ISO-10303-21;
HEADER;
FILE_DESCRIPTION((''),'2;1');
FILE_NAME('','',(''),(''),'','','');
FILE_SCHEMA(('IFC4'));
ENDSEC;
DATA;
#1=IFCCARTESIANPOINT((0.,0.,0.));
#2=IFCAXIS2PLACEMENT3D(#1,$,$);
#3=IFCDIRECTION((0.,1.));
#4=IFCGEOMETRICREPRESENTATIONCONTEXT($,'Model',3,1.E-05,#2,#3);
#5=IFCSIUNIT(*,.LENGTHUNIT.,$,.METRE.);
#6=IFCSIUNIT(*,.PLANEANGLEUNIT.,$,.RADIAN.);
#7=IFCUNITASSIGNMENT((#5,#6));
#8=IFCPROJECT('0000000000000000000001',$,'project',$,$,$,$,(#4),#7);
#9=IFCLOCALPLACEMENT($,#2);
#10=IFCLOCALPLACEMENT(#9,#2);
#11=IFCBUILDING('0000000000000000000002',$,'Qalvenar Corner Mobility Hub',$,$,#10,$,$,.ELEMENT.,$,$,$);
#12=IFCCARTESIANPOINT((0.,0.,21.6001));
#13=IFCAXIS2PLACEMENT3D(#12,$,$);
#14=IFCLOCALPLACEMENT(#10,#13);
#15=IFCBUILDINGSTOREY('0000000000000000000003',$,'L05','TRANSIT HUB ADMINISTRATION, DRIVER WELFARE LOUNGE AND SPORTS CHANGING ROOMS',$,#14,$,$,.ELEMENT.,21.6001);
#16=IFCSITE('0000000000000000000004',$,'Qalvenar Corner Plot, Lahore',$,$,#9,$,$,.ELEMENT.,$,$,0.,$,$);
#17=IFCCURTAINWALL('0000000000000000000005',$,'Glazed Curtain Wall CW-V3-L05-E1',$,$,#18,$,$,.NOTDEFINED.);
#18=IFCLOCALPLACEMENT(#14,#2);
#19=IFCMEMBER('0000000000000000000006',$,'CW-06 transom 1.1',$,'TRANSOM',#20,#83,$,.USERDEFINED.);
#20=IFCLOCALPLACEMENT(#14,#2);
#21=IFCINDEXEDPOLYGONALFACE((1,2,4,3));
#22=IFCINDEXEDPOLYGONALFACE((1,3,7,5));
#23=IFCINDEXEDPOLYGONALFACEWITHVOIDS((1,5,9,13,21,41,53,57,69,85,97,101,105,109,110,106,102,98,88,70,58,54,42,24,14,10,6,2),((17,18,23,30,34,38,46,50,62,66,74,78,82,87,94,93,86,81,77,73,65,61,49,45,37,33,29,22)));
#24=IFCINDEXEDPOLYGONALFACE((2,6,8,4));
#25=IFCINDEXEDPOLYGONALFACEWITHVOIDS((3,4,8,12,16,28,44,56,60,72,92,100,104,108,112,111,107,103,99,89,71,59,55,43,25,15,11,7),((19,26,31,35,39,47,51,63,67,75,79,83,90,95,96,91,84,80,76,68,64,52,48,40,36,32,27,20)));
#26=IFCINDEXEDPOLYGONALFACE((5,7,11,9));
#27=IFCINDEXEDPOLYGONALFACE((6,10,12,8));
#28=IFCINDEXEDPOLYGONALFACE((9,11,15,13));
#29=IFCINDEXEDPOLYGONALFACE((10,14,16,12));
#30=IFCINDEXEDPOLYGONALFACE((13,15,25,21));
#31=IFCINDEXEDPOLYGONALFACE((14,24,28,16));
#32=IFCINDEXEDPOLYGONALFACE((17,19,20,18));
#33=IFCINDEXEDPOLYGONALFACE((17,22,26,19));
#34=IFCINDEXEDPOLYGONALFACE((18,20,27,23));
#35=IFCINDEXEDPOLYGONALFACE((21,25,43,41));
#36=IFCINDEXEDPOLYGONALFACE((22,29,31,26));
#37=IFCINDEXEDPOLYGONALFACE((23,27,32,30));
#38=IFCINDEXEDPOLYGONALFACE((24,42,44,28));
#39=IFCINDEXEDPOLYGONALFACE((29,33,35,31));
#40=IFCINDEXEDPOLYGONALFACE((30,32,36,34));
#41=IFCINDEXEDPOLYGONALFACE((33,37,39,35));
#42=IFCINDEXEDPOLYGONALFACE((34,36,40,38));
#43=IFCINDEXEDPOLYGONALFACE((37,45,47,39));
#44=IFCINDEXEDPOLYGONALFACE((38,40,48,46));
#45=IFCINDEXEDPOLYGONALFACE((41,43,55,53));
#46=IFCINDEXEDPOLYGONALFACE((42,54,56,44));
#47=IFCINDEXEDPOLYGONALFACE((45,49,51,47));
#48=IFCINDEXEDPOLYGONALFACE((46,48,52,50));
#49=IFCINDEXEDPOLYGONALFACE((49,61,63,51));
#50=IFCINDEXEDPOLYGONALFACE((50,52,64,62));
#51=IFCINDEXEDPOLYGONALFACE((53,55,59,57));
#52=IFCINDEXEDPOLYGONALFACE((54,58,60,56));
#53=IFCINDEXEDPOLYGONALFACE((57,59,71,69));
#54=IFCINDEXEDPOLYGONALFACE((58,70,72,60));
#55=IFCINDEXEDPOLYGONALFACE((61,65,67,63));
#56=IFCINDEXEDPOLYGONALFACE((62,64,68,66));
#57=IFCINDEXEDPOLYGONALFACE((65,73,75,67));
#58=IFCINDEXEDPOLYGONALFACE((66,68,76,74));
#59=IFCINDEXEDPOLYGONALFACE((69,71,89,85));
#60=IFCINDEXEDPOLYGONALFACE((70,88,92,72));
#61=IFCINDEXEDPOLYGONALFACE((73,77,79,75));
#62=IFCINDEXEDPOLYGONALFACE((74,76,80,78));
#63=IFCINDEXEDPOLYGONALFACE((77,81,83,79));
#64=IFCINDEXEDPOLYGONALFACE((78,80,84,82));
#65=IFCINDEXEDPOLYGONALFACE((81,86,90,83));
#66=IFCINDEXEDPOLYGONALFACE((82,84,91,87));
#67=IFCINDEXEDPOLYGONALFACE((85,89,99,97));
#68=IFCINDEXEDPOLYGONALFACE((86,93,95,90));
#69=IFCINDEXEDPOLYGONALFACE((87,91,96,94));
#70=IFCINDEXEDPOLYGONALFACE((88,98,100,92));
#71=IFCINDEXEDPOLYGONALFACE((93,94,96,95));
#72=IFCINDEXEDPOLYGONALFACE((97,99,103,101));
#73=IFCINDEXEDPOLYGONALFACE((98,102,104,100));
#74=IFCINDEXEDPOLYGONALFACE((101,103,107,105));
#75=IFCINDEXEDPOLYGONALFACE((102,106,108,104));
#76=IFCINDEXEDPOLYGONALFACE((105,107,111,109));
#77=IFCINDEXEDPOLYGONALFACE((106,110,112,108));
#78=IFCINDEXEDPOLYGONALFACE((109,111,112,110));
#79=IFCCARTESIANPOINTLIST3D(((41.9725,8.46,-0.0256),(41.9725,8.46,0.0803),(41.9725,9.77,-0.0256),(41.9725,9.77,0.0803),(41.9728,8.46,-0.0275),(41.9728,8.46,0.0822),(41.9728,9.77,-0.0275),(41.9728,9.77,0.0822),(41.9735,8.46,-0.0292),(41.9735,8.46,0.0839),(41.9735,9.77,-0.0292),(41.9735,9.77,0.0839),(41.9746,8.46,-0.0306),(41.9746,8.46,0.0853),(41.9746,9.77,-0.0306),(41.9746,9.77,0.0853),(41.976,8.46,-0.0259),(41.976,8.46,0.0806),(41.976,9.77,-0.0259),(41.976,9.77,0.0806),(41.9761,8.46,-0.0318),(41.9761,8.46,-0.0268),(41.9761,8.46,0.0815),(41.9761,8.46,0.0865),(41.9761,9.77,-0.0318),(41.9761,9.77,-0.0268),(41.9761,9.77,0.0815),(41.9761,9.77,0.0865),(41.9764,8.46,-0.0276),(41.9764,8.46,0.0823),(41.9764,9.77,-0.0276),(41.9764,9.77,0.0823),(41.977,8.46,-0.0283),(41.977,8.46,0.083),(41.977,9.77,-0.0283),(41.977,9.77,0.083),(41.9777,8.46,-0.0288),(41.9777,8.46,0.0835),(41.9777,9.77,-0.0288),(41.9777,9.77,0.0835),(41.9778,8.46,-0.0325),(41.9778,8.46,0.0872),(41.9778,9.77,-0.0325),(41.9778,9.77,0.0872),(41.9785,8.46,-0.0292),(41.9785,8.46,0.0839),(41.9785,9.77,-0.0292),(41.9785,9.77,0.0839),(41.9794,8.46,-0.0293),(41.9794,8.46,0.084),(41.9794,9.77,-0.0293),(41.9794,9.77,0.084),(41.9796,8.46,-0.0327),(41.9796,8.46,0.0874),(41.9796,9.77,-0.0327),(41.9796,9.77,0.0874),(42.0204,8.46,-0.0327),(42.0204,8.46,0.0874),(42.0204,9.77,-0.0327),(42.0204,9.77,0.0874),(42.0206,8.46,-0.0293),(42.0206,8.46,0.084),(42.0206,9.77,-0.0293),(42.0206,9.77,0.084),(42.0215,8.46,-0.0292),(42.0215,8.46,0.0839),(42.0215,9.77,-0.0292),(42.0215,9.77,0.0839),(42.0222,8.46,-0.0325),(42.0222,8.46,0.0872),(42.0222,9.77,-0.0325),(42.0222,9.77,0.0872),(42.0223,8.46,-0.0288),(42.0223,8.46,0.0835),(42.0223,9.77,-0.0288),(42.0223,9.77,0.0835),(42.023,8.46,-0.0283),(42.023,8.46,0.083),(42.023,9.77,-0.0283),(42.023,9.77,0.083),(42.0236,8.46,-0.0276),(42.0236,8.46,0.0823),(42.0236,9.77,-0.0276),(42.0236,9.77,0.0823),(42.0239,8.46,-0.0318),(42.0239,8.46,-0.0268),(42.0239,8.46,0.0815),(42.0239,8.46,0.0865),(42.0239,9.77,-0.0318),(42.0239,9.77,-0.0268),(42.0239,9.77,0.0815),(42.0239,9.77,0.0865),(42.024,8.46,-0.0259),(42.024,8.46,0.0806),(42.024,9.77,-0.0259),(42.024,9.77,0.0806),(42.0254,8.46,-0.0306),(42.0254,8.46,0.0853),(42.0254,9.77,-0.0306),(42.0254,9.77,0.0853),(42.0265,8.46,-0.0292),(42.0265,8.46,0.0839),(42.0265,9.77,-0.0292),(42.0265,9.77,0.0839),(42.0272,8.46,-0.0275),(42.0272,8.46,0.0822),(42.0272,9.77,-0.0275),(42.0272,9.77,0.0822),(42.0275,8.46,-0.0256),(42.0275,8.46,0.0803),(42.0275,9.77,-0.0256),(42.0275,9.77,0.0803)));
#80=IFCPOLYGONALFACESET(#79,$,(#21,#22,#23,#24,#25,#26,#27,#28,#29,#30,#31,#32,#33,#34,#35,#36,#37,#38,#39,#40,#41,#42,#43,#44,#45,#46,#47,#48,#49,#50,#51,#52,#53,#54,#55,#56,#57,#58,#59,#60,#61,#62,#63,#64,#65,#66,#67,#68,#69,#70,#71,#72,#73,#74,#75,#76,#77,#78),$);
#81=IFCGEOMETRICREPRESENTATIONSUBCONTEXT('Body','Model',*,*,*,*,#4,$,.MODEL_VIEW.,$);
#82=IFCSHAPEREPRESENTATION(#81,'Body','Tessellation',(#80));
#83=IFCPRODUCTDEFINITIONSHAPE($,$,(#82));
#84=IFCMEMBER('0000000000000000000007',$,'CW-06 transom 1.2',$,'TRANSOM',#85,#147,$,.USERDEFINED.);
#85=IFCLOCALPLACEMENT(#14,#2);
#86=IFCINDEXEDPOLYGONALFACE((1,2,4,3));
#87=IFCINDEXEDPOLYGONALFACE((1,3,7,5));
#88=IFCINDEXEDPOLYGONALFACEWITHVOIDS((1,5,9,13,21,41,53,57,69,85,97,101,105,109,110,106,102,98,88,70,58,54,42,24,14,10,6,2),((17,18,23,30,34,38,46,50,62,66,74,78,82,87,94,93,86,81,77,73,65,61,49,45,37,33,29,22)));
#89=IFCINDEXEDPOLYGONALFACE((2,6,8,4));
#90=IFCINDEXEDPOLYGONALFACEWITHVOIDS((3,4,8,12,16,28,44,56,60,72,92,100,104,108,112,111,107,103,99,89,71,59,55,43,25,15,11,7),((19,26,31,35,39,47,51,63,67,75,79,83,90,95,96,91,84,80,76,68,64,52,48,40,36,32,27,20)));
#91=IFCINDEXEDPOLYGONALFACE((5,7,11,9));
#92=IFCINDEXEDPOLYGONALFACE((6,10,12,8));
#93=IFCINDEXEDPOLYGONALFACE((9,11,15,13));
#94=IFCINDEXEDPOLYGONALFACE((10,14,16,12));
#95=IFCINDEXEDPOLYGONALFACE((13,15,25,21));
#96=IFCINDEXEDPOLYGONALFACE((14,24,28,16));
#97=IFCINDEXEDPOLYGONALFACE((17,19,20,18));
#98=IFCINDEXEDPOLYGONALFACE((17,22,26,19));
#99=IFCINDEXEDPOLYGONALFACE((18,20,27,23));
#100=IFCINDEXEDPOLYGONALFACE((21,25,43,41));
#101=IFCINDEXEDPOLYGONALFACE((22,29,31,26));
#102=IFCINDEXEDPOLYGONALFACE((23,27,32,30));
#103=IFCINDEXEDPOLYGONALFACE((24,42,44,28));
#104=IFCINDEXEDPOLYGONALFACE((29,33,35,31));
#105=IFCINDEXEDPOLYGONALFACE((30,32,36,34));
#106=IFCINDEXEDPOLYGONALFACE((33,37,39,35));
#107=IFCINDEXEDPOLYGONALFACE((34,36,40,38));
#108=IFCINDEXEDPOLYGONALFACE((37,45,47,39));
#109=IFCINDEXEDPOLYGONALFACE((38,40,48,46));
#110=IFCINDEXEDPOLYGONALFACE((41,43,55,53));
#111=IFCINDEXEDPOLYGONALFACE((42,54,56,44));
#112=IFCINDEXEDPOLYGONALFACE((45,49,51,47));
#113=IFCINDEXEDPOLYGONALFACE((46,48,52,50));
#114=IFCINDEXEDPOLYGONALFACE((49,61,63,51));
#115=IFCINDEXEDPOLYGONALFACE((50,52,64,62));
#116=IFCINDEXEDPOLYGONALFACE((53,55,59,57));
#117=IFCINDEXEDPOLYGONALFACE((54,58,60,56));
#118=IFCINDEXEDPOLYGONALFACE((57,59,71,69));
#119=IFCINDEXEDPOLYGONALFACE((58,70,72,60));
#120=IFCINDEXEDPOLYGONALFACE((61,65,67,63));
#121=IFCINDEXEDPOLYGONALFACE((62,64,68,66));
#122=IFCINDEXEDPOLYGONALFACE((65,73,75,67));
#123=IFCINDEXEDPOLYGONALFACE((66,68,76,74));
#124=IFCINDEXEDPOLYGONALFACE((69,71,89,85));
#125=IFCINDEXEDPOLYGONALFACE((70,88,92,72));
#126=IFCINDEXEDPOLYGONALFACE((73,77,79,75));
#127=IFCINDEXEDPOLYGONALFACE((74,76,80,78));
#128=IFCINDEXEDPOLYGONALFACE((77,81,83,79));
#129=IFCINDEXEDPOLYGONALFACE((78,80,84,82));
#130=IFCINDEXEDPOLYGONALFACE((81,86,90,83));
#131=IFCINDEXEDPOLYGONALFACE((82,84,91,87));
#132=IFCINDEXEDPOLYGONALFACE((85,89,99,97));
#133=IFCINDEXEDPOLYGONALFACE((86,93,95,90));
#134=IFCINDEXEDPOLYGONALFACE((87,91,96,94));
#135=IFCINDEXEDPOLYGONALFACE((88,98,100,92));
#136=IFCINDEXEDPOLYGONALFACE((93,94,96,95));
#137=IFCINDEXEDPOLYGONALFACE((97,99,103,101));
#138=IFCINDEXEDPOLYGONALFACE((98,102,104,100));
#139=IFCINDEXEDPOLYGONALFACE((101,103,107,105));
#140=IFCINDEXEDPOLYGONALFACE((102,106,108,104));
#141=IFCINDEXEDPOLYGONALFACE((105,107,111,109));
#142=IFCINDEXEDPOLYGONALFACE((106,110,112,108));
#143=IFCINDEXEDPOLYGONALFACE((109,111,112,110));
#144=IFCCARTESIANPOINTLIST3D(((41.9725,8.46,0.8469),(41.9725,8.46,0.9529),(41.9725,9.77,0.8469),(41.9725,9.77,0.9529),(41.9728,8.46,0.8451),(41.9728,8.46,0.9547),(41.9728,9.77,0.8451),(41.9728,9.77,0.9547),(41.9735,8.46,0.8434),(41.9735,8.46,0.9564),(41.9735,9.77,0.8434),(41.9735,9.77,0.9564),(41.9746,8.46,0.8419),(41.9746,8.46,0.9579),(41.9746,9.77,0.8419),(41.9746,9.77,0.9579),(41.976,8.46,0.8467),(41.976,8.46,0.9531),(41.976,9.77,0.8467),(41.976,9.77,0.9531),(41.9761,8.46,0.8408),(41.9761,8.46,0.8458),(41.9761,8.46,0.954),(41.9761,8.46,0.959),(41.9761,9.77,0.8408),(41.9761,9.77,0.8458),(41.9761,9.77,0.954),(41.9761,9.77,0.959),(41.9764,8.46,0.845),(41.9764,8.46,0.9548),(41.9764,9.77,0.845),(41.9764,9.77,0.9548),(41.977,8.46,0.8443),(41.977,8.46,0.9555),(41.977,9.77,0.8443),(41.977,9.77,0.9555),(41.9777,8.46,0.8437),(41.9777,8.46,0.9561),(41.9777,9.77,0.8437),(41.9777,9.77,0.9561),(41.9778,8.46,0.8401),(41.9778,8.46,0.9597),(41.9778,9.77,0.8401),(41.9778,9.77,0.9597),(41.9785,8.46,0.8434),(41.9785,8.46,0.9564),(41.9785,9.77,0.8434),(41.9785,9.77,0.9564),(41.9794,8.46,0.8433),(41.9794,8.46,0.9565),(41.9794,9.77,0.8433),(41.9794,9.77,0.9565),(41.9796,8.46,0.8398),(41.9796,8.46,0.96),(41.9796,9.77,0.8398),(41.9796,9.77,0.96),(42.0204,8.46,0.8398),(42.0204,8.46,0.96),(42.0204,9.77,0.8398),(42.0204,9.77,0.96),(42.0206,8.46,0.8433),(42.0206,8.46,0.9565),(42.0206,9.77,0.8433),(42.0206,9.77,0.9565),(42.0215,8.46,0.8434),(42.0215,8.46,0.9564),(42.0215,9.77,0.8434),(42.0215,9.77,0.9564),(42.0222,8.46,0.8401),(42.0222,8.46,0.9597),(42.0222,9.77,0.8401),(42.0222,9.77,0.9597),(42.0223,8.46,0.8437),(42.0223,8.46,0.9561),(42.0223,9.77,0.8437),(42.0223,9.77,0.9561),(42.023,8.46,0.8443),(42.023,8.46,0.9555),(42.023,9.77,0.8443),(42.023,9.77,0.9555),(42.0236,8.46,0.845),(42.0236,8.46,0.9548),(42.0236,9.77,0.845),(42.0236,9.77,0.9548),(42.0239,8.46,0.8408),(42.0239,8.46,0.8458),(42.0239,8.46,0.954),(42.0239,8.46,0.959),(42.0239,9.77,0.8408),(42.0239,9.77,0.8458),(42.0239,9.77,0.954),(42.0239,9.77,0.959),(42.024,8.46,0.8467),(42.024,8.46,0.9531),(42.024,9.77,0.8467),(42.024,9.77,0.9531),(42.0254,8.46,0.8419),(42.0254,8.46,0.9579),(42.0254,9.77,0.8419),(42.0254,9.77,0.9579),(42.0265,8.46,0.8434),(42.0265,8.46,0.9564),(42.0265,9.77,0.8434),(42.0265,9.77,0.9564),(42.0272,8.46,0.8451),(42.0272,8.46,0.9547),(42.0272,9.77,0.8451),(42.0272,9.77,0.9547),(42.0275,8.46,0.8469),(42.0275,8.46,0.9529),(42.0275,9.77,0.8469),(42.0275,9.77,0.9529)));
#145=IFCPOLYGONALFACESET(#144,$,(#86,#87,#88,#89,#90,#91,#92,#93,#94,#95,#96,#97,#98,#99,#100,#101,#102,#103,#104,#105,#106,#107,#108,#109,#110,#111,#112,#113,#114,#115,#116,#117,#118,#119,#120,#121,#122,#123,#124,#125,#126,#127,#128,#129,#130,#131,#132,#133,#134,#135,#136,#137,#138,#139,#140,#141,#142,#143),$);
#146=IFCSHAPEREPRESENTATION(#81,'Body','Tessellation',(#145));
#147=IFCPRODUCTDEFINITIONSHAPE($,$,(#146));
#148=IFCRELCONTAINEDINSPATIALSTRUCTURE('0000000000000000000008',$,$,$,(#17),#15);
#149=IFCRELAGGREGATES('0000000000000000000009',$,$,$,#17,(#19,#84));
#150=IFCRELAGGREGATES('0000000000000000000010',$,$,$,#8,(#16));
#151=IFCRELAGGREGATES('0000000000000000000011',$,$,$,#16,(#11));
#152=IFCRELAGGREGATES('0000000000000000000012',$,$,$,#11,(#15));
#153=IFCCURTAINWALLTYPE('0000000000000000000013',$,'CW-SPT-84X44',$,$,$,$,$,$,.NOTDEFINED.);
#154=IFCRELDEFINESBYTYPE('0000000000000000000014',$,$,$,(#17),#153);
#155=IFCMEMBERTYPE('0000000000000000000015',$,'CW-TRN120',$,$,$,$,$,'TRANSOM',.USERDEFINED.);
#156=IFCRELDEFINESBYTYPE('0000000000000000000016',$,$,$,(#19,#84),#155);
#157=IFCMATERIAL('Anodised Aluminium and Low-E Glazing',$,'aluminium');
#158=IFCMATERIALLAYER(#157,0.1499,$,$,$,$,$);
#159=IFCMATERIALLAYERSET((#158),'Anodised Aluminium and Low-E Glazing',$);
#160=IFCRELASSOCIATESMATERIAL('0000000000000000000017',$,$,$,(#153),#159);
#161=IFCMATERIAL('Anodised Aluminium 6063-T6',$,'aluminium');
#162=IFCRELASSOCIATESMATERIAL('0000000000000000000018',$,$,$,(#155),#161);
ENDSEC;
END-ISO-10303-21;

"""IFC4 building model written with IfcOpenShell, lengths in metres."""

from ifc_helpers import new_model, si_unit, direction, frame, origin, origin_2d, place, context, subcontext, project, spatial, hollow_rectangle, extrude, material, layer, layer_set, material_profile, profile_set, type_object, element, aggregate, save


model = new_model("IFC4")

# Units and contexts
model_context = context("Model", 3, precision=1e-05, world=origin(), true_north=direction((0.0, 1.0)))
body_context = subcontext(model_context, "Body", "Model", "MODEL_VIEW")
ifc_project = project(units=[si_unit("LENGTHUNIT", "METRE"), si_unit("PLANEANGLEUNIT", "RADIAN")], contexts=[model_context])

# Site, building, storey
site_placement = place(None, origin())
site = spatial("IfcSite", under=ifc_project, at=site_placement, Name="Qalvenar Corner Plot, Lahore", CompositionType="ELEMENT", RefElevation=0.0)
building_placement = place(site_placement, origin())
building = spatial("IfcBuilding", under=site, at=building_placement, Name="Qalvenar Corner Mobility Hub", CompositionType="ELEMENT")
storey_placement = place(building_placement, frame((0.0, 0.0, 21.6001)))
storey = spatial("IfcBuildingStorey", under=building, at=storey_placement, Name="L05", Description="TRANSIT HUB ADMINISTRATION, DRIVER WELFARE LOUNGE AND SPORTS CHANGING ROOMS", CompositionType="ELEMENT", Elevation=21.6001)

# Curtain wall, members
ifc_material_1 = material(Name="Anodised Aluminium and Low-E Glazing", Category="aluminium")
ifc_layer_1 = layer(ifc_material_1, 0.1499)
ifc_layer_set_1 = layer_set([ifc_layer_1], Name="Anodised Aluminium and Low-E Glazing")
curtain_wall_type = type_object("IfcCurtainWallType", Name="CW-SPT-84X44", PredefinedType="NOTDEFINED", material=ifc_layer_set_1)
curtain_wall_placement = place(storey_placement, origin())
curtain_wall = element("IfcCurtainWall", 1, at=curtain_wall_placement, inside=storey, type_object=curtain_wall_type, Name="Glazed Curtain Wall CW-V3-L05-E1", PredefinedType="NOTDEFINED")
ifc_material_2 = material(Name="Anodised Aluminium 6063-T6", Category="aluminium")
ifc_material_profile_1 = material_profile(ifc_material_2, hollow_rectangle(XDim=0.0549, YDim=0.1201, WallThickness=0.0034, InnerFilletRadius=0.0034, OuterFilletRadius=0.0071, at=origin_2d()), Name="RHS120x55x3.5")
ifc_profile_set_1 = profile_set([ifc_material_profile_1], Name="Anodised Aluminium 6063-T6")
member_type_1 = type_object("IfcMemberType", Name="CW-TRN120", ElementType="TRANSOM", PredefinedType="USERDEFINED", material=ifc_profile_set_1)
member_1_placement = place(storey_placement, frame((42.0, 8.46, 0.0273), z_axis=(0.0, 1.0, 0.0), x_axis=(-1.0, 0.0, 0.0)))
member_1 = element("IfcMember", 2, at=member_1_placement, type_object=member_type_1, Name="CW-06 transom 1.1", ObjectType="TRANSOM", PredefinedType="USERDEFINED", context=body_context, shape_type="SweptSolid", body=[
    extrude(hollow_rectangle(XDim=0.0549, YDim=0.1201, WallThickness=0.0034, InnerFilletRadius=0.0034, OuterFilletRadius=0.0071, at=origin_2d()), origin(), (0.0, 0.0, 1.0), 1.3101),
])
member_2_placement = place(storey_placement, frame((42.0, 8.46, 0.8999), z_axis=(0.0, 1.0, 0.0), x_axis=(-1.0, 0.0, 0.0)))
member_2 = element("IfcMember", 3, at=member_2_placement, type_object=member_type_1, Name="CW-06 transom 1.2", ObjectType="TRANSOM", PredefinedType="USERDEFINED", context=body_context, shape_type="SweptSolid", body=[
    extrude(hollow_rectangle(XDim=0.0549, YDim=0.1201, WallThickness=0.0034, InnerFilletRadius=0.0034, OuterFilletRadius=0.0071, at=origin_2d()), origin(), (0.0, 0.0, 1.0), 1.3101),
])
aggregate(curtain_wall, [member_1, member_2])

save(model, "model.ifc")
